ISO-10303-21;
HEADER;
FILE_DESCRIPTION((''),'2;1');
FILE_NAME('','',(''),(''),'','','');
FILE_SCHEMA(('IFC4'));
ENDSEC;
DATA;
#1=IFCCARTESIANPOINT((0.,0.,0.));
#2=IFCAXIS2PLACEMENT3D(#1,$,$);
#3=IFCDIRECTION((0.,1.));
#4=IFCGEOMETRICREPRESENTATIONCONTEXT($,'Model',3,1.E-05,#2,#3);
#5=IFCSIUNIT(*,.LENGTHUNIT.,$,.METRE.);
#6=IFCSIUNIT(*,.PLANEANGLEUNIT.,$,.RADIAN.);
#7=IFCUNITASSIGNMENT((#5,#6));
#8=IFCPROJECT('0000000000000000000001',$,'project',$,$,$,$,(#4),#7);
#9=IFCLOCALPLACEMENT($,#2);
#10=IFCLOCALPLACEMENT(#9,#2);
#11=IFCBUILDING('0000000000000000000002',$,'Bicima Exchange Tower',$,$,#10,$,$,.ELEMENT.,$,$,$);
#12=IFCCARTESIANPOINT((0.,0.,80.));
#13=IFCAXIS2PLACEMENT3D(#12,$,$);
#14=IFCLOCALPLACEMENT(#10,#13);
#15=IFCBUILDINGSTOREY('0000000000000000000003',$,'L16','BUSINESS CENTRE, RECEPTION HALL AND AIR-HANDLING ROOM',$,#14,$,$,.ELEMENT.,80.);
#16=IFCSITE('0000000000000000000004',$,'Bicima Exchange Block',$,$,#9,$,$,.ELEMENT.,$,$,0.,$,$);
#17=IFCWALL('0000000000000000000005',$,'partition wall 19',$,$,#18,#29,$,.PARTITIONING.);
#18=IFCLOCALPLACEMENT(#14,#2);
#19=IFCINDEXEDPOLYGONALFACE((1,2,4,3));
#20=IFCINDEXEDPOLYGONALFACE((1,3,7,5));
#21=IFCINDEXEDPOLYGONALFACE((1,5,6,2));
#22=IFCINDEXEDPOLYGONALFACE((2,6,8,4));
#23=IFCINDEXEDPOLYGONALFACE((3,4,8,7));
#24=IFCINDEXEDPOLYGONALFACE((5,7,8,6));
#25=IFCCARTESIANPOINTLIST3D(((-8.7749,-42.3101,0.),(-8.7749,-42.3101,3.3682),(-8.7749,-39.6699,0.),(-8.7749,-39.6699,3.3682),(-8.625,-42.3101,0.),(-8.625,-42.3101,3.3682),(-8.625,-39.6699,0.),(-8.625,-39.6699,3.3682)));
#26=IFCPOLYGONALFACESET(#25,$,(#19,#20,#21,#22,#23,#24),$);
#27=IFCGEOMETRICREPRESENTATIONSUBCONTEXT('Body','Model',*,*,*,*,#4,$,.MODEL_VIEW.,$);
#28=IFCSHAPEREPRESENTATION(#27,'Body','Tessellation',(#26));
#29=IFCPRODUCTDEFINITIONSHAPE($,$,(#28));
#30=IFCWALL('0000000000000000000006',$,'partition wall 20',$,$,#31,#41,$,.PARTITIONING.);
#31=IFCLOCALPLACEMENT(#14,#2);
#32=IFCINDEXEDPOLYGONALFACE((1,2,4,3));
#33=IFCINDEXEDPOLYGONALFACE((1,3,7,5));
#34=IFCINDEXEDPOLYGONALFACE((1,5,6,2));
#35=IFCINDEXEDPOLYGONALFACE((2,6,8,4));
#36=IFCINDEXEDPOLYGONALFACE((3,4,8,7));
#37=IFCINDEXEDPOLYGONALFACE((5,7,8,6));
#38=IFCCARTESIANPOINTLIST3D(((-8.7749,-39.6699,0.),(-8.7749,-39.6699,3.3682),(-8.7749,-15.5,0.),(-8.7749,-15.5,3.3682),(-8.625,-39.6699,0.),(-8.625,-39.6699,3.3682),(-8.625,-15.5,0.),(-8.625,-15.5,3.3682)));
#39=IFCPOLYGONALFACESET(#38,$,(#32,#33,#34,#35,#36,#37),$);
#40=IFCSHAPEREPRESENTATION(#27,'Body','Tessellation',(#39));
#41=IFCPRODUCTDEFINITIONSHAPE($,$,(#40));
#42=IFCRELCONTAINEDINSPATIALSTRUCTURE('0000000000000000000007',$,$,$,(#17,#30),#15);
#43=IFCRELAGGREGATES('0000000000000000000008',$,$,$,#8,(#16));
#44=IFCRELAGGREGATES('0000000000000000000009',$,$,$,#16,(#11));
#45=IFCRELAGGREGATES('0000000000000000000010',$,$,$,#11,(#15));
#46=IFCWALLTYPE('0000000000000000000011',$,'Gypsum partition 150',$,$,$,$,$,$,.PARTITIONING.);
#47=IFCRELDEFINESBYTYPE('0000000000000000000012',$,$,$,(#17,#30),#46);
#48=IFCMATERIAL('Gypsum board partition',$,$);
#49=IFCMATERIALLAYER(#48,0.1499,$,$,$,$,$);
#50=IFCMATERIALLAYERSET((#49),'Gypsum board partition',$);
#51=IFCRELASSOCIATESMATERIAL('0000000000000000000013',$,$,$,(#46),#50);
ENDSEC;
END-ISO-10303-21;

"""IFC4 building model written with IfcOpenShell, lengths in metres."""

from ifc_helpers import new_model, si_unit, direction, frame, frame_2d, origin, place, context, subcontext, project, spatial, rectangle, extrude, material, layer, layer_set, type_object, element, save


model = new_model("IFC4")

# Units and contexts
model_context = context("Model", 3, precision=1e-05, world=origin(), true_north=direction((0.0, 1.0)))
body_context = subcontext(model_context, "Body", "Model", "MODEL_VIEW")
ifc_project = project(units=[si_unit("LENGTHUNIT", "METRE"), si_unit("PLANEANGLEUNIT", "RADIAN")], contexts=[model_context])

# Site, building, storey
site_placement = place(None, origin())
site = spatial("IfcSite", under=ifc_project, at=site_placement, Name="Bicima Exchange Block", CompositionType="ELEMENT", RefElevation=0.0)
building_placement = place(site_placement, origin())
building = spatial("IfcBuilding", under=site, at=building_placement, Name="Bicima Exchange Tower", CompositionType="ELEMENT")
storey_placement = place(building_placement, frame((0.0, 0.0, 80.0)))
storey = spatial("IfcBuildingStorey", under=building, at=storey_placement, Name="L16", Description="BUSINESS CENTRE, RECEPTION HALL AND AIR-HANDLING ROOM", CompositionType="ELEMENT", Elevation=80.0)

# Walls
ifc_material_1 = material(Name="Gypsum board partition")
ifc_layer_1 = layer(ifc_material_1, 0.1499)
ifc_layer_set_1 = layer_set([ifc_layer_1], Name="Gypsum board partition")
wall_type = type_object("IfcWallType", Name="Gypsum partition 150", PredefinedType="PARTITIONING", material=ifc_layer_set_1)
wall_1_placement = place(storey_placement, frame((-8.7, -42.3101, 0.0), z_axis=(0.0, 0.0, 1.0), x_axis=(0.0, 1.0, 0.0)))
element("IfcWall", 1, at=wall_1_placement, inside=storey, type_object=wall_type, Name="partition wall 19", PredefinedType="PARTITIONING", context=body_context, shape_type="SweptSolid", body=[
    extrude(rectangle(XDim=2.6401, YDim=0.1499, at=frame_2d((1.3201, 0.0))), origin(), (0.0, 0.0, 1.0), 3.3682),
])
wall_2_placement = place(storey_placement, frame((-8.7, -39.6699, 0.0), z_axis=(0.0, 0.0, 1.0), x_axis=(0.0, 1.0, 0.0)))
element("IfcWall", 2, at=wall_2_placement, inside=storey, type_object=wall_type, Name="partition wall 20", PredefinedType="PARTITIONING", context=body_context, shape_type="SweptSolid", body=[
    extrude(rectangle(XDim=24.1699, YDim=0.1499, at=frame_2d((12.085, 0.0))), origin(), (0.0, 0.0, 1.0), 3.3682),
])

save(model, "model.ifc")
